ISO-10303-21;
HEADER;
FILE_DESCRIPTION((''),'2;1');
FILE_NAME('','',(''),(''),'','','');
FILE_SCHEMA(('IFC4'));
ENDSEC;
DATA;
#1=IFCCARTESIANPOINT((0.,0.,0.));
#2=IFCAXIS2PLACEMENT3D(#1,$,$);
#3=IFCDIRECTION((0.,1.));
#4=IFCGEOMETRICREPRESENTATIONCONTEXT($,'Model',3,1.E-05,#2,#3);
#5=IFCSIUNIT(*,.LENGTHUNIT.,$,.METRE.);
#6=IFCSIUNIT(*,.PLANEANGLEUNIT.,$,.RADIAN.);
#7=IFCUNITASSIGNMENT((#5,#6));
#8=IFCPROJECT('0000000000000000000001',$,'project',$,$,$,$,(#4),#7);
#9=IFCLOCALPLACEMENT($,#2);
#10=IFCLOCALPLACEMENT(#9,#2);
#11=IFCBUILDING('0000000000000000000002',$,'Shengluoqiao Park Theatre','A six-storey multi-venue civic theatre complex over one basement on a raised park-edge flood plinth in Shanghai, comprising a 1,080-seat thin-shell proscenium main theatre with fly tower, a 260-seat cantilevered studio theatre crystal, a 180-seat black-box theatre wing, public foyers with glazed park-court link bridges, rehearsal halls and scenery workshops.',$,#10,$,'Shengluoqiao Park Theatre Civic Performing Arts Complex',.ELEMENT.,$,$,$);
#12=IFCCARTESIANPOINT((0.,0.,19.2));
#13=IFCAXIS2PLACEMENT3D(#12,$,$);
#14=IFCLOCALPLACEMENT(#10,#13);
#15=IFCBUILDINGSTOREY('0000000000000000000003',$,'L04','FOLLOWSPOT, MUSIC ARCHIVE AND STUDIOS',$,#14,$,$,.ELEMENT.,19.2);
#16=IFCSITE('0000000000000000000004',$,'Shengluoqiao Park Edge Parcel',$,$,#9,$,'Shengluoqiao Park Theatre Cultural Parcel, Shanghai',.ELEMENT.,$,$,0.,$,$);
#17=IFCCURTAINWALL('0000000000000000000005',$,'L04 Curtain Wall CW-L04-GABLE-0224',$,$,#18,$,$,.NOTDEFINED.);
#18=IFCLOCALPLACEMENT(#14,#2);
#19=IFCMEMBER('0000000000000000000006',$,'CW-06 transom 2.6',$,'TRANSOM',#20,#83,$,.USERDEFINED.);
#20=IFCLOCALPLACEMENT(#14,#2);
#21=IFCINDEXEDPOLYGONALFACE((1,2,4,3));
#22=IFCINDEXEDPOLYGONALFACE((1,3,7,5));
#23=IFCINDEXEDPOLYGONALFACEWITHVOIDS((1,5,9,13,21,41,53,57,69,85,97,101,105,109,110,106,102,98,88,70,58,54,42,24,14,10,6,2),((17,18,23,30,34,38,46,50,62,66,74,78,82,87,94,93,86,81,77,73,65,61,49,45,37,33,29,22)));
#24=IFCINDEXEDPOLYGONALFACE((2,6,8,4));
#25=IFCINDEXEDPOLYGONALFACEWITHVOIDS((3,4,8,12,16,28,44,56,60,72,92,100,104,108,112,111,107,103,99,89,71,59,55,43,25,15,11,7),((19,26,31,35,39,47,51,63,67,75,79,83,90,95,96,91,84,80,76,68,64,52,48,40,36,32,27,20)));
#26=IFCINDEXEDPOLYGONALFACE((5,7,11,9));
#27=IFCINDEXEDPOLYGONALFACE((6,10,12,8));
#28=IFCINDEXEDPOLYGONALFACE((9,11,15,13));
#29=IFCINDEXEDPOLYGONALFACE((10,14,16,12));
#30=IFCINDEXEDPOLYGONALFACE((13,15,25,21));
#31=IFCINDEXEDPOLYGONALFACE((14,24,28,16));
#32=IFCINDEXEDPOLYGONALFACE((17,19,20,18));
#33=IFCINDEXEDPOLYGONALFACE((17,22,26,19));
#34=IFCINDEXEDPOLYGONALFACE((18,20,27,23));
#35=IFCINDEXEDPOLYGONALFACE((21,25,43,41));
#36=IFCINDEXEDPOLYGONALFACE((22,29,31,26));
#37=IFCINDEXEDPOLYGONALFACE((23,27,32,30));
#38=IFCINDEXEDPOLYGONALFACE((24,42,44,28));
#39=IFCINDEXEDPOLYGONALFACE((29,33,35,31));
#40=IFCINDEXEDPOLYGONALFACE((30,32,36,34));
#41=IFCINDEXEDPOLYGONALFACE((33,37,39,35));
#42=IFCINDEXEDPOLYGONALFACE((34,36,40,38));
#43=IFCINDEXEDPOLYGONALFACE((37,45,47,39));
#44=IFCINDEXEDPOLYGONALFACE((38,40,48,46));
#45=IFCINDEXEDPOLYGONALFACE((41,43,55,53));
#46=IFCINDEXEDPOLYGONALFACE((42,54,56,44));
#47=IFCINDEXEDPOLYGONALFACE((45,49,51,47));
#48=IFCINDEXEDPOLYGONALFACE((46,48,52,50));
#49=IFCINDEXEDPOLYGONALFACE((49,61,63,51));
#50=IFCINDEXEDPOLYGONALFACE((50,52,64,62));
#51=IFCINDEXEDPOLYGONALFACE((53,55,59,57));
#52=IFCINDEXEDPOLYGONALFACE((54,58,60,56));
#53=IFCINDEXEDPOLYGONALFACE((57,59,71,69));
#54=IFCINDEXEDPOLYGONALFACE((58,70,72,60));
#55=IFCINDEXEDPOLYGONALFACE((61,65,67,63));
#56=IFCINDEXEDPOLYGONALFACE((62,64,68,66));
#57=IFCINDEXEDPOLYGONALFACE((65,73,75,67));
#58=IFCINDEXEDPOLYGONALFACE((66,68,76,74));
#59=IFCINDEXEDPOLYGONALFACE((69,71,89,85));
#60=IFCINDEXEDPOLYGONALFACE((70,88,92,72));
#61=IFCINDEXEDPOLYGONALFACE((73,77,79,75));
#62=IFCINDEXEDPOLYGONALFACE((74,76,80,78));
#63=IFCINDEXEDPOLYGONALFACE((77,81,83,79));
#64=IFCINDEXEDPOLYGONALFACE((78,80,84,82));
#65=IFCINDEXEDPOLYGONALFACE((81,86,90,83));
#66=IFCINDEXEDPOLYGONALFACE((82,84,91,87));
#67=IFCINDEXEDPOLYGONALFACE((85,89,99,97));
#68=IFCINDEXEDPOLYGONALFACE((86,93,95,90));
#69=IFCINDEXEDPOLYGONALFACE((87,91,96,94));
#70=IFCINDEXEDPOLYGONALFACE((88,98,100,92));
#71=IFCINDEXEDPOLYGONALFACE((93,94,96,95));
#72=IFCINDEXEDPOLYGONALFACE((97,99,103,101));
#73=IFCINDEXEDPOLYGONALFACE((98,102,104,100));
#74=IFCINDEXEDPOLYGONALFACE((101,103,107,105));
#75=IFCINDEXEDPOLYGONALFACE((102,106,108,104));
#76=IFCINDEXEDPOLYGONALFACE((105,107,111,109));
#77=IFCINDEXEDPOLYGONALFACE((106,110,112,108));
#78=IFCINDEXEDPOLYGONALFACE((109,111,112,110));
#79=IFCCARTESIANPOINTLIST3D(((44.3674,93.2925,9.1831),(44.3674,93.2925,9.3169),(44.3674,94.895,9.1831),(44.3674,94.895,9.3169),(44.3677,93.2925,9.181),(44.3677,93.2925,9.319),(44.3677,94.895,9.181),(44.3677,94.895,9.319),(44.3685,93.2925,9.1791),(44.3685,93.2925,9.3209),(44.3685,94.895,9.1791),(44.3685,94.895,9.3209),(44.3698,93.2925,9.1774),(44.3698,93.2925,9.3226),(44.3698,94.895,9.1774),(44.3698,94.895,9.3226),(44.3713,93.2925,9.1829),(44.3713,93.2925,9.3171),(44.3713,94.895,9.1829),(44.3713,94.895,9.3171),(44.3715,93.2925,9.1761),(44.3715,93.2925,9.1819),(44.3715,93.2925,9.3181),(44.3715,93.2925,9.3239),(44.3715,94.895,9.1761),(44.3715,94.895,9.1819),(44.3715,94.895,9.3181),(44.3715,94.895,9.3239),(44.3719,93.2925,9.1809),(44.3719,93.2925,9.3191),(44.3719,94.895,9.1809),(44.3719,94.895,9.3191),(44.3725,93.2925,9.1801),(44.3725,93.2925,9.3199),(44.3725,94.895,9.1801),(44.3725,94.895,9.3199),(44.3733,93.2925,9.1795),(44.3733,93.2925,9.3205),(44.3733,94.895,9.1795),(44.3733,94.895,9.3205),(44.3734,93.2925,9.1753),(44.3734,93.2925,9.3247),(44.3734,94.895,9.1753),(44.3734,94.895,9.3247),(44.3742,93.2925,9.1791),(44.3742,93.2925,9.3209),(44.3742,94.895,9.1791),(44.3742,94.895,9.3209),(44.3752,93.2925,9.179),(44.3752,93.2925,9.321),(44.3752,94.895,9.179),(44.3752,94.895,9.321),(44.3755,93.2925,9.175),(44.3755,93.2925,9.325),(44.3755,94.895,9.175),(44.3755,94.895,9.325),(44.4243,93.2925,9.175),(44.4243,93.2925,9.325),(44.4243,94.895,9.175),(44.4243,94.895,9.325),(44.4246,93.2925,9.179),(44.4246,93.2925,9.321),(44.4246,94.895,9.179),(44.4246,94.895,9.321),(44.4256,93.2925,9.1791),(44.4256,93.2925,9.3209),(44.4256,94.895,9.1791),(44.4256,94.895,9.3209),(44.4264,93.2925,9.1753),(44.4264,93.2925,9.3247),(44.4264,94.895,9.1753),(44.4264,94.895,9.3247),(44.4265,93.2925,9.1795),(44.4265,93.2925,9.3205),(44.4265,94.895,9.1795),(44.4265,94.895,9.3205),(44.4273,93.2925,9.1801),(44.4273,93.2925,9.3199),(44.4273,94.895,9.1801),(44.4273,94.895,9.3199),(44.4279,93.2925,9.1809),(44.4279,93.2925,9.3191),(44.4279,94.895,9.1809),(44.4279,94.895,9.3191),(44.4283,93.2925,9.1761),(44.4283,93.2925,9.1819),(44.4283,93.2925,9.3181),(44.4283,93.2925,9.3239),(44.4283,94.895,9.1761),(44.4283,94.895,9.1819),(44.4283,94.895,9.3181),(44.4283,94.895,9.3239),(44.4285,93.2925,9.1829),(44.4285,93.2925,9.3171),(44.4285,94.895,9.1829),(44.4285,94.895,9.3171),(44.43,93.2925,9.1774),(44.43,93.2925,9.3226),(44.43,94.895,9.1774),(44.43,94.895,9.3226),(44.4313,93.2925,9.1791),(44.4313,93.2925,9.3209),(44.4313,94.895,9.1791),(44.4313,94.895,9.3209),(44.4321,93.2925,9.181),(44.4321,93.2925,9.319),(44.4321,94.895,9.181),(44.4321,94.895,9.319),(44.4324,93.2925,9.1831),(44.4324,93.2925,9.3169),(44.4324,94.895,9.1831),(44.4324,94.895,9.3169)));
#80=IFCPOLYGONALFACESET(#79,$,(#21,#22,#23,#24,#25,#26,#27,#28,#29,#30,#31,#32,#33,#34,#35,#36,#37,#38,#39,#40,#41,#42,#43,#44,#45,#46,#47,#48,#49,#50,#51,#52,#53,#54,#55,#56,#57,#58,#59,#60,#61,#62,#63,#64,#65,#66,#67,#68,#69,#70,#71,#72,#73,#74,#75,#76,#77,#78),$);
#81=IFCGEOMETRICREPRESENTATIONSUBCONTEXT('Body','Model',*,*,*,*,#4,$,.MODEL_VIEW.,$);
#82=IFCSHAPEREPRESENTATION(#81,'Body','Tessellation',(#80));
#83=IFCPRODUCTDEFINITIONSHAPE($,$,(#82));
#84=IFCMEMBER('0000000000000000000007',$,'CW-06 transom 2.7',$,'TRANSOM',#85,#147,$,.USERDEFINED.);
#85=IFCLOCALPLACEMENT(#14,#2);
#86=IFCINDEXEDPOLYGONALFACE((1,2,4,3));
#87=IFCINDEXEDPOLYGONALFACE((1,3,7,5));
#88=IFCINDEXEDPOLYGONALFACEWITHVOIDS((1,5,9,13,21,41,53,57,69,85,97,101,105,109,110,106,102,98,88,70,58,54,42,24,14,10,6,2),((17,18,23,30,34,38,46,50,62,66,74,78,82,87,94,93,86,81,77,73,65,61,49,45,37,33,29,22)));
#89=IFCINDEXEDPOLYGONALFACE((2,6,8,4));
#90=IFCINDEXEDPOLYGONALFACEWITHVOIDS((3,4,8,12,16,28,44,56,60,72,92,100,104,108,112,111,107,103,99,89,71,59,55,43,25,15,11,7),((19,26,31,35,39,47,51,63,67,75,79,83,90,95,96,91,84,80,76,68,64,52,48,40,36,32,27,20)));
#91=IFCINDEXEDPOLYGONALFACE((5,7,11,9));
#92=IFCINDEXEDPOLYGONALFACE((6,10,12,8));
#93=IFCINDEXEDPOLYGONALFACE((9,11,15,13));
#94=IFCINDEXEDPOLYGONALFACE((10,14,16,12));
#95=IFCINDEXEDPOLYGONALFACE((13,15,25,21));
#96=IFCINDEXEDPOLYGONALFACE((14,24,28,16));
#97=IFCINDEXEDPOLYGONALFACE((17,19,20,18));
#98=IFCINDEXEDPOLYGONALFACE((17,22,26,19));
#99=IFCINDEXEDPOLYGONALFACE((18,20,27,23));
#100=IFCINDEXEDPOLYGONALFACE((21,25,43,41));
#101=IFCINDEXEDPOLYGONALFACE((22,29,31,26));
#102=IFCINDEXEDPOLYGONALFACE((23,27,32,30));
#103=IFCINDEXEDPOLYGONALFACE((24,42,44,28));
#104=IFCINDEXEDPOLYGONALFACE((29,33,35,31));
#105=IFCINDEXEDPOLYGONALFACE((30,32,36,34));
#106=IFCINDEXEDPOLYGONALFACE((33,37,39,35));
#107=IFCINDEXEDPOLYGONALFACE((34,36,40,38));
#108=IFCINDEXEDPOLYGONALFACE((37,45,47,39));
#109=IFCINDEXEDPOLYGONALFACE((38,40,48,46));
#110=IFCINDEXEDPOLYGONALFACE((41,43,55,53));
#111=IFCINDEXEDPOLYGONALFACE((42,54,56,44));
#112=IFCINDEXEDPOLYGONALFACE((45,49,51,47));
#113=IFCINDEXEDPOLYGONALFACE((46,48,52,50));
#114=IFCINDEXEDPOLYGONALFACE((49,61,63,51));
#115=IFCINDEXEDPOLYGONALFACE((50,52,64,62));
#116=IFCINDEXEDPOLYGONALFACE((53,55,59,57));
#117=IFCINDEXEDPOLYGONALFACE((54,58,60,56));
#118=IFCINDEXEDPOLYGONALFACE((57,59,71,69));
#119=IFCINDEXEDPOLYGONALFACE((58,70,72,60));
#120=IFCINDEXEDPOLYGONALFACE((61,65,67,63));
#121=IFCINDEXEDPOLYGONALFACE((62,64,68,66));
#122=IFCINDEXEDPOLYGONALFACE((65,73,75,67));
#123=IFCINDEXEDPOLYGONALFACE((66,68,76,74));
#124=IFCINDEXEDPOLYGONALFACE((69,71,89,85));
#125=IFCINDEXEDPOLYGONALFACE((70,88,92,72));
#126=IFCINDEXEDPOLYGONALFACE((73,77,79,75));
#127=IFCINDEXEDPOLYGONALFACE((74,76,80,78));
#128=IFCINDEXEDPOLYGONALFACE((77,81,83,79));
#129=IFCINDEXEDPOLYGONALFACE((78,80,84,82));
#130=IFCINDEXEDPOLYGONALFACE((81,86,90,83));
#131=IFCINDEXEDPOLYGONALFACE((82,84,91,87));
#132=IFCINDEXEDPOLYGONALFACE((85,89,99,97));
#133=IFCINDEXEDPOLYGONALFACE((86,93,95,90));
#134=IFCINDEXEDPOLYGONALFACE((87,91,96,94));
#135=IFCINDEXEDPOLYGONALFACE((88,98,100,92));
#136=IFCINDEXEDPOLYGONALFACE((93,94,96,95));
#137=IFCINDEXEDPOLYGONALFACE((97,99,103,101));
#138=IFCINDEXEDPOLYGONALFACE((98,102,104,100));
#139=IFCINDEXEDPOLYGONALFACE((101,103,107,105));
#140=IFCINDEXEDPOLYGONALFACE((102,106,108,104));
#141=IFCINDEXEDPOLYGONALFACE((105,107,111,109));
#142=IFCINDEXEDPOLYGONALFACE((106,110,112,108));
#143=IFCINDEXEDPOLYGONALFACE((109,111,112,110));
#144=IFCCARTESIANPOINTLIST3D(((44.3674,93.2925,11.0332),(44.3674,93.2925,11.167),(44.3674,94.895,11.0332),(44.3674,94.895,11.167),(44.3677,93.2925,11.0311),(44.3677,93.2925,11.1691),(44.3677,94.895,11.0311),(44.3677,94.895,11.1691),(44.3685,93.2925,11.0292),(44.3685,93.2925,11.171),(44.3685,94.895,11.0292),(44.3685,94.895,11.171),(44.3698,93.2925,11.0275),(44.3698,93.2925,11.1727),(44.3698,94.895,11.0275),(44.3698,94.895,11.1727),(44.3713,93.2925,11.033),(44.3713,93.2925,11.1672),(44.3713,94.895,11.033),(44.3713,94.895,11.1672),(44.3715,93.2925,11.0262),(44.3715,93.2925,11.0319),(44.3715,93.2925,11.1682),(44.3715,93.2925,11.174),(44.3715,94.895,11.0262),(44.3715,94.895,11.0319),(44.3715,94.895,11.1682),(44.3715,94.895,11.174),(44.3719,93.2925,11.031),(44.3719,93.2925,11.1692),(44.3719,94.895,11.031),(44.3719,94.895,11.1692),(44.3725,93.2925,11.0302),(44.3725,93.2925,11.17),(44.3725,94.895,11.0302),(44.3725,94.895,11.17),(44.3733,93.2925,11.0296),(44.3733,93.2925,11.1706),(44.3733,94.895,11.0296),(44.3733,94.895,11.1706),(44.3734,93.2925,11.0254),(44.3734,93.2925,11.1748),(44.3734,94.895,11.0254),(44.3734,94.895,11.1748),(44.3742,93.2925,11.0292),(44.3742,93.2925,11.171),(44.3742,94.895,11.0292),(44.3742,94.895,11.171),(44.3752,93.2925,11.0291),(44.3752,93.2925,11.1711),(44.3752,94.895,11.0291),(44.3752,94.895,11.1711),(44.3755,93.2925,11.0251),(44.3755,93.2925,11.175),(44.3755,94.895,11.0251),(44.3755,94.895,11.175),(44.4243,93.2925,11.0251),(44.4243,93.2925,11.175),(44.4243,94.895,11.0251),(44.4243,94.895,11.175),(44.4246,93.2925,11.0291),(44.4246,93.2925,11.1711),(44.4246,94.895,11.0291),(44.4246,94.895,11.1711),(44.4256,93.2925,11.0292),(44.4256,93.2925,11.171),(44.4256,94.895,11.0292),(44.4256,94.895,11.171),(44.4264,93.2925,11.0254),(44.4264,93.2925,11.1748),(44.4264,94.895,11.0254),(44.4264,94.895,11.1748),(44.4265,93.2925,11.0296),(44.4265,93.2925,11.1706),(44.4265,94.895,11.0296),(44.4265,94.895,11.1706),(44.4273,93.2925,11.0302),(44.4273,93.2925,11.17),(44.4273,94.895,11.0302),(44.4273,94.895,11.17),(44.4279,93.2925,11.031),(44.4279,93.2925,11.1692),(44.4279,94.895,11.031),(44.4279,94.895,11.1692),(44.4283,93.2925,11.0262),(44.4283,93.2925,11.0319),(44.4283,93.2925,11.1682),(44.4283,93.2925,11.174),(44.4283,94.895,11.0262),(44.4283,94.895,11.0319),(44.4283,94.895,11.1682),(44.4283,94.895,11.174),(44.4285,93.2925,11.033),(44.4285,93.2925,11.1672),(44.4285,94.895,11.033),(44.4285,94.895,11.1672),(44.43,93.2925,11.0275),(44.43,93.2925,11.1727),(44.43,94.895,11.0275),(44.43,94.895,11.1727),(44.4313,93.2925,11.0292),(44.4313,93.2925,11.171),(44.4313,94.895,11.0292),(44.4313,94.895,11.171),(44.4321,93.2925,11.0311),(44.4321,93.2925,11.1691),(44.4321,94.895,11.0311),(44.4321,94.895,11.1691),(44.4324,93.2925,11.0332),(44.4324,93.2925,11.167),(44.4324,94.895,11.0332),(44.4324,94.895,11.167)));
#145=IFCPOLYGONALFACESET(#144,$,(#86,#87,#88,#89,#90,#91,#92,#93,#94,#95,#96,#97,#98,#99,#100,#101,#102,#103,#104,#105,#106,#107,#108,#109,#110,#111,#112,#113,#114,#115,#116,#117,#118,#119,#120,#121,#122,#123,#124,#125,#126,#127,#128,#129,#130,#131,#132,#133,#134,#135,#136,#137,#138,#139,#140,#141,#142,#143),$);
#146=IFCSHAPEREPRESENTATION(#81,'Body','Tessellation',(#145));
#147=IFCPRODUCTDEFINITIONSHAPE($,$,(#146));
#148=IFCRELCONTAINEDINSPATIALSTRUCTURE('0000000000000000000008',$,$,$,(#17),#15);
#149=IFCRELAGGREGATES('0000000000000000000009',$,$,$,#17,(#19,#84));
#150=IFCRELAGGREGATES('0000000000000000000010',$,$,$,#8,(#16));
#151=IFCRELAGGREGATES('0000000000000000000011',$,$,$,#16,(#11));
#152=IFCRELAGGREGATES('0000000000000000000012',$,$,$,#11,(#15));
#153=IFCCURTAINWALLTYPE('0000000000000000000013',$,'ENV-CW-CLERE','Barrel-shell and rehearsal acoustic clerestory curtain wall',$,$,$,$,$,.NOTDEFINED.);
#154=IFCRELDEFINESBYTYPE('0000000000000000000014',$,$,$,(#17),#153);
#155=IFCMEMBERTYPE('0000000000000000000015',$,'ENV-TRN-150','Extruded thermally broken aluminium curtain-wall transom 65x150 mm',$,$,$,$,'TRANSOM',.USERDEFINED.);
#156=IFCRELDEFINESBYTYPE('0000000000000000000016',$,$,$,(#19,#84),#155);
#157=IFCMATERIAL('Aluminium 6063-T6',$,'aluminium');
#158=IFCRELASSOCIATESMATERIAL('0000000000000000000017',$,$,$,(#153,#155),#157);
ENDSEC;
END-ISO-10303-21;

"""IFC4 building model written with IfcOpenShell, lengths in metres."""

from ifc_helpers import new_model, si_unit, direction, frame, origin, origin_2d, place, context, subcontext, project, spatial, hollow_rectangle, extrude, material, material_profile, profile_set, type_object, element, aggregate, save


model = new_model("IFC4")

# Units and contexts
model_context = context("Model", 3, precision=1e-05, world=origin(), true_north=direction((0.0, 1.0)))
body_context = subcontext(model_context, "Body", "Model", "MODEL_VIEW")
ifc_project = project(units=[si_unit("LENGTHUNIT", "METRE"), si_unit("PLANEANGLEUNIT", "RADIAN")], contexts=[model_context])

# Site, building, storey
site_placement = place(None, origin())
site = spatial("IfcSite", under=ifc_project, at=site_placement, Name="Shengluoqiao Park Edge Parcel", LongName="Shengluoqiao Park Theatre Cultural Parcel, Shanghai", CompositionType="ELEMENT", RefElevation=0.0)
building_placement = place(site_placement, origin())
building = spatial("IfcBuilding", under=site, at=building_placement, Name="Shengluoqiao Park Theatre", Description="A six-storey multi-venue civic theatre complex over one basement on a raised park-edge flood plinth in Shanghai, comprising a 1,080-seat thin-shell proscenium main theatre with fly tower, a 260-seat cantilevered studio theatre crystal, a 180-seat black-box theatre wing, public foyers with glazed park-court link bridges, rehearsal halls and scenery workshops.", LongName="Shengluoqiao Park Theatre Civic Performing Arts Complex", CompositionType="ELEMENT")
storey_placement = place(building_placement, frame((0.0, 0.0, 19.2)))
storey = spatial("IfcBuildingStorey", under=building, at=storey_placement, Name="L04", Description="FOLLOWSPOT, MUSIC ARCHIVE AND STUDIOS", CompositionType="ELEMENT", Elevation=19.2)

# Curtain wall, members
ifc_material_1 = material(Name="Aluminium 6063-T6", Category="aluminium")
curtain_wall_type = type_object("IfcCurtainWallType", Name="ENV-CW-CLERE", Description="Barrel-shell and rehearsal acoustic clerestory curtain wall", PredefinedType="NOTDEFINED", material=ifc_material_1)
curtain_wall_1_placement = place(storey_placement, origin())
curtain_wall_1 = element("IfcCurtainWall", 1, at=curtain_wall_1_placement, inside=storey, type_object=curtain_wall_type, Name="L04 Curtain Wall CW-L04-GABLE-0224", PredefinedType="NOTDEFINED")
ifc_material_profile = material_profile(ifc_material_1, hollow_rectangle(XDim=0.0649, YDim=0.1499, WallThickness=0.0039, InnerFilletRadius=0.0039, OuterFilletRadius=0.0081, at=origin_2d()), Name="ALU TRANSOM 150x65x4")
ifc_profile_set = profile_set([ifc_material_profile], Name="Aluminium 6063-T6")
member_type = type_object("IfcMemberType", Name="ENV-TRN-150", Description="Extruded thermally broken aluminium curtain-wall transom 65x150 mm", ElementType="TRANSOM", PredefinedType="USERDEFINED", material=ifc_profile_set)
member_1_placement = place(storey_placement, frame((44.3999, 93.2925, 9.25), z_axis=(0.0, 1.0, 0.0), x_axis=(-1.0, 0.0, 0.0)))
member_1 = element("IfcMember", 2, at=member_1_placement, type_object=member_type, Name="CW-06 transom 2.6", ObjectType="TRANSOM", PredefinedType="USERDEFINED", context=body_context, shape_type="SweptSolid", body=[
    extrude(hollow_rectangle(XDim=0.0649, YDim=0.1499, WallThickness=0.0039, InnerFilletRadius=0.0039, OuterFilletRadius=0.0081, at=origin_2d()), origin(), (0.0, 0.0, 1.0), 1.6025),
])
member_2_placement = place(storey_placement, frame((44.3999, 93.2925, 11.1001), z_axis=(0.0, 1.0, 0.0), x_axis=(-1.0, 0.0, 0.0)))
member_2 = element("IfcMember", 3, at=member_2_placement, type_object=member_type, Name="CW-06 transom 2.7", ObjectType="TRANSOM", PredefinedType="USERDEFINED", context=body_context, shape_type="SweptSolid", body=[
    extrude(hollow_rectangle(XDim=0.0649, YDim=0.1499, WallThickness=0.0039, InnerFilletRadius=0.0039, OuterFilletRadius=0.0081, at=origin_2d()), origin(), (0.0, 0.0, 1.0), 1.6025),
])

aggregate(curtain_wall_1, [member_1, member_2])

save(model, "model.ifc")
